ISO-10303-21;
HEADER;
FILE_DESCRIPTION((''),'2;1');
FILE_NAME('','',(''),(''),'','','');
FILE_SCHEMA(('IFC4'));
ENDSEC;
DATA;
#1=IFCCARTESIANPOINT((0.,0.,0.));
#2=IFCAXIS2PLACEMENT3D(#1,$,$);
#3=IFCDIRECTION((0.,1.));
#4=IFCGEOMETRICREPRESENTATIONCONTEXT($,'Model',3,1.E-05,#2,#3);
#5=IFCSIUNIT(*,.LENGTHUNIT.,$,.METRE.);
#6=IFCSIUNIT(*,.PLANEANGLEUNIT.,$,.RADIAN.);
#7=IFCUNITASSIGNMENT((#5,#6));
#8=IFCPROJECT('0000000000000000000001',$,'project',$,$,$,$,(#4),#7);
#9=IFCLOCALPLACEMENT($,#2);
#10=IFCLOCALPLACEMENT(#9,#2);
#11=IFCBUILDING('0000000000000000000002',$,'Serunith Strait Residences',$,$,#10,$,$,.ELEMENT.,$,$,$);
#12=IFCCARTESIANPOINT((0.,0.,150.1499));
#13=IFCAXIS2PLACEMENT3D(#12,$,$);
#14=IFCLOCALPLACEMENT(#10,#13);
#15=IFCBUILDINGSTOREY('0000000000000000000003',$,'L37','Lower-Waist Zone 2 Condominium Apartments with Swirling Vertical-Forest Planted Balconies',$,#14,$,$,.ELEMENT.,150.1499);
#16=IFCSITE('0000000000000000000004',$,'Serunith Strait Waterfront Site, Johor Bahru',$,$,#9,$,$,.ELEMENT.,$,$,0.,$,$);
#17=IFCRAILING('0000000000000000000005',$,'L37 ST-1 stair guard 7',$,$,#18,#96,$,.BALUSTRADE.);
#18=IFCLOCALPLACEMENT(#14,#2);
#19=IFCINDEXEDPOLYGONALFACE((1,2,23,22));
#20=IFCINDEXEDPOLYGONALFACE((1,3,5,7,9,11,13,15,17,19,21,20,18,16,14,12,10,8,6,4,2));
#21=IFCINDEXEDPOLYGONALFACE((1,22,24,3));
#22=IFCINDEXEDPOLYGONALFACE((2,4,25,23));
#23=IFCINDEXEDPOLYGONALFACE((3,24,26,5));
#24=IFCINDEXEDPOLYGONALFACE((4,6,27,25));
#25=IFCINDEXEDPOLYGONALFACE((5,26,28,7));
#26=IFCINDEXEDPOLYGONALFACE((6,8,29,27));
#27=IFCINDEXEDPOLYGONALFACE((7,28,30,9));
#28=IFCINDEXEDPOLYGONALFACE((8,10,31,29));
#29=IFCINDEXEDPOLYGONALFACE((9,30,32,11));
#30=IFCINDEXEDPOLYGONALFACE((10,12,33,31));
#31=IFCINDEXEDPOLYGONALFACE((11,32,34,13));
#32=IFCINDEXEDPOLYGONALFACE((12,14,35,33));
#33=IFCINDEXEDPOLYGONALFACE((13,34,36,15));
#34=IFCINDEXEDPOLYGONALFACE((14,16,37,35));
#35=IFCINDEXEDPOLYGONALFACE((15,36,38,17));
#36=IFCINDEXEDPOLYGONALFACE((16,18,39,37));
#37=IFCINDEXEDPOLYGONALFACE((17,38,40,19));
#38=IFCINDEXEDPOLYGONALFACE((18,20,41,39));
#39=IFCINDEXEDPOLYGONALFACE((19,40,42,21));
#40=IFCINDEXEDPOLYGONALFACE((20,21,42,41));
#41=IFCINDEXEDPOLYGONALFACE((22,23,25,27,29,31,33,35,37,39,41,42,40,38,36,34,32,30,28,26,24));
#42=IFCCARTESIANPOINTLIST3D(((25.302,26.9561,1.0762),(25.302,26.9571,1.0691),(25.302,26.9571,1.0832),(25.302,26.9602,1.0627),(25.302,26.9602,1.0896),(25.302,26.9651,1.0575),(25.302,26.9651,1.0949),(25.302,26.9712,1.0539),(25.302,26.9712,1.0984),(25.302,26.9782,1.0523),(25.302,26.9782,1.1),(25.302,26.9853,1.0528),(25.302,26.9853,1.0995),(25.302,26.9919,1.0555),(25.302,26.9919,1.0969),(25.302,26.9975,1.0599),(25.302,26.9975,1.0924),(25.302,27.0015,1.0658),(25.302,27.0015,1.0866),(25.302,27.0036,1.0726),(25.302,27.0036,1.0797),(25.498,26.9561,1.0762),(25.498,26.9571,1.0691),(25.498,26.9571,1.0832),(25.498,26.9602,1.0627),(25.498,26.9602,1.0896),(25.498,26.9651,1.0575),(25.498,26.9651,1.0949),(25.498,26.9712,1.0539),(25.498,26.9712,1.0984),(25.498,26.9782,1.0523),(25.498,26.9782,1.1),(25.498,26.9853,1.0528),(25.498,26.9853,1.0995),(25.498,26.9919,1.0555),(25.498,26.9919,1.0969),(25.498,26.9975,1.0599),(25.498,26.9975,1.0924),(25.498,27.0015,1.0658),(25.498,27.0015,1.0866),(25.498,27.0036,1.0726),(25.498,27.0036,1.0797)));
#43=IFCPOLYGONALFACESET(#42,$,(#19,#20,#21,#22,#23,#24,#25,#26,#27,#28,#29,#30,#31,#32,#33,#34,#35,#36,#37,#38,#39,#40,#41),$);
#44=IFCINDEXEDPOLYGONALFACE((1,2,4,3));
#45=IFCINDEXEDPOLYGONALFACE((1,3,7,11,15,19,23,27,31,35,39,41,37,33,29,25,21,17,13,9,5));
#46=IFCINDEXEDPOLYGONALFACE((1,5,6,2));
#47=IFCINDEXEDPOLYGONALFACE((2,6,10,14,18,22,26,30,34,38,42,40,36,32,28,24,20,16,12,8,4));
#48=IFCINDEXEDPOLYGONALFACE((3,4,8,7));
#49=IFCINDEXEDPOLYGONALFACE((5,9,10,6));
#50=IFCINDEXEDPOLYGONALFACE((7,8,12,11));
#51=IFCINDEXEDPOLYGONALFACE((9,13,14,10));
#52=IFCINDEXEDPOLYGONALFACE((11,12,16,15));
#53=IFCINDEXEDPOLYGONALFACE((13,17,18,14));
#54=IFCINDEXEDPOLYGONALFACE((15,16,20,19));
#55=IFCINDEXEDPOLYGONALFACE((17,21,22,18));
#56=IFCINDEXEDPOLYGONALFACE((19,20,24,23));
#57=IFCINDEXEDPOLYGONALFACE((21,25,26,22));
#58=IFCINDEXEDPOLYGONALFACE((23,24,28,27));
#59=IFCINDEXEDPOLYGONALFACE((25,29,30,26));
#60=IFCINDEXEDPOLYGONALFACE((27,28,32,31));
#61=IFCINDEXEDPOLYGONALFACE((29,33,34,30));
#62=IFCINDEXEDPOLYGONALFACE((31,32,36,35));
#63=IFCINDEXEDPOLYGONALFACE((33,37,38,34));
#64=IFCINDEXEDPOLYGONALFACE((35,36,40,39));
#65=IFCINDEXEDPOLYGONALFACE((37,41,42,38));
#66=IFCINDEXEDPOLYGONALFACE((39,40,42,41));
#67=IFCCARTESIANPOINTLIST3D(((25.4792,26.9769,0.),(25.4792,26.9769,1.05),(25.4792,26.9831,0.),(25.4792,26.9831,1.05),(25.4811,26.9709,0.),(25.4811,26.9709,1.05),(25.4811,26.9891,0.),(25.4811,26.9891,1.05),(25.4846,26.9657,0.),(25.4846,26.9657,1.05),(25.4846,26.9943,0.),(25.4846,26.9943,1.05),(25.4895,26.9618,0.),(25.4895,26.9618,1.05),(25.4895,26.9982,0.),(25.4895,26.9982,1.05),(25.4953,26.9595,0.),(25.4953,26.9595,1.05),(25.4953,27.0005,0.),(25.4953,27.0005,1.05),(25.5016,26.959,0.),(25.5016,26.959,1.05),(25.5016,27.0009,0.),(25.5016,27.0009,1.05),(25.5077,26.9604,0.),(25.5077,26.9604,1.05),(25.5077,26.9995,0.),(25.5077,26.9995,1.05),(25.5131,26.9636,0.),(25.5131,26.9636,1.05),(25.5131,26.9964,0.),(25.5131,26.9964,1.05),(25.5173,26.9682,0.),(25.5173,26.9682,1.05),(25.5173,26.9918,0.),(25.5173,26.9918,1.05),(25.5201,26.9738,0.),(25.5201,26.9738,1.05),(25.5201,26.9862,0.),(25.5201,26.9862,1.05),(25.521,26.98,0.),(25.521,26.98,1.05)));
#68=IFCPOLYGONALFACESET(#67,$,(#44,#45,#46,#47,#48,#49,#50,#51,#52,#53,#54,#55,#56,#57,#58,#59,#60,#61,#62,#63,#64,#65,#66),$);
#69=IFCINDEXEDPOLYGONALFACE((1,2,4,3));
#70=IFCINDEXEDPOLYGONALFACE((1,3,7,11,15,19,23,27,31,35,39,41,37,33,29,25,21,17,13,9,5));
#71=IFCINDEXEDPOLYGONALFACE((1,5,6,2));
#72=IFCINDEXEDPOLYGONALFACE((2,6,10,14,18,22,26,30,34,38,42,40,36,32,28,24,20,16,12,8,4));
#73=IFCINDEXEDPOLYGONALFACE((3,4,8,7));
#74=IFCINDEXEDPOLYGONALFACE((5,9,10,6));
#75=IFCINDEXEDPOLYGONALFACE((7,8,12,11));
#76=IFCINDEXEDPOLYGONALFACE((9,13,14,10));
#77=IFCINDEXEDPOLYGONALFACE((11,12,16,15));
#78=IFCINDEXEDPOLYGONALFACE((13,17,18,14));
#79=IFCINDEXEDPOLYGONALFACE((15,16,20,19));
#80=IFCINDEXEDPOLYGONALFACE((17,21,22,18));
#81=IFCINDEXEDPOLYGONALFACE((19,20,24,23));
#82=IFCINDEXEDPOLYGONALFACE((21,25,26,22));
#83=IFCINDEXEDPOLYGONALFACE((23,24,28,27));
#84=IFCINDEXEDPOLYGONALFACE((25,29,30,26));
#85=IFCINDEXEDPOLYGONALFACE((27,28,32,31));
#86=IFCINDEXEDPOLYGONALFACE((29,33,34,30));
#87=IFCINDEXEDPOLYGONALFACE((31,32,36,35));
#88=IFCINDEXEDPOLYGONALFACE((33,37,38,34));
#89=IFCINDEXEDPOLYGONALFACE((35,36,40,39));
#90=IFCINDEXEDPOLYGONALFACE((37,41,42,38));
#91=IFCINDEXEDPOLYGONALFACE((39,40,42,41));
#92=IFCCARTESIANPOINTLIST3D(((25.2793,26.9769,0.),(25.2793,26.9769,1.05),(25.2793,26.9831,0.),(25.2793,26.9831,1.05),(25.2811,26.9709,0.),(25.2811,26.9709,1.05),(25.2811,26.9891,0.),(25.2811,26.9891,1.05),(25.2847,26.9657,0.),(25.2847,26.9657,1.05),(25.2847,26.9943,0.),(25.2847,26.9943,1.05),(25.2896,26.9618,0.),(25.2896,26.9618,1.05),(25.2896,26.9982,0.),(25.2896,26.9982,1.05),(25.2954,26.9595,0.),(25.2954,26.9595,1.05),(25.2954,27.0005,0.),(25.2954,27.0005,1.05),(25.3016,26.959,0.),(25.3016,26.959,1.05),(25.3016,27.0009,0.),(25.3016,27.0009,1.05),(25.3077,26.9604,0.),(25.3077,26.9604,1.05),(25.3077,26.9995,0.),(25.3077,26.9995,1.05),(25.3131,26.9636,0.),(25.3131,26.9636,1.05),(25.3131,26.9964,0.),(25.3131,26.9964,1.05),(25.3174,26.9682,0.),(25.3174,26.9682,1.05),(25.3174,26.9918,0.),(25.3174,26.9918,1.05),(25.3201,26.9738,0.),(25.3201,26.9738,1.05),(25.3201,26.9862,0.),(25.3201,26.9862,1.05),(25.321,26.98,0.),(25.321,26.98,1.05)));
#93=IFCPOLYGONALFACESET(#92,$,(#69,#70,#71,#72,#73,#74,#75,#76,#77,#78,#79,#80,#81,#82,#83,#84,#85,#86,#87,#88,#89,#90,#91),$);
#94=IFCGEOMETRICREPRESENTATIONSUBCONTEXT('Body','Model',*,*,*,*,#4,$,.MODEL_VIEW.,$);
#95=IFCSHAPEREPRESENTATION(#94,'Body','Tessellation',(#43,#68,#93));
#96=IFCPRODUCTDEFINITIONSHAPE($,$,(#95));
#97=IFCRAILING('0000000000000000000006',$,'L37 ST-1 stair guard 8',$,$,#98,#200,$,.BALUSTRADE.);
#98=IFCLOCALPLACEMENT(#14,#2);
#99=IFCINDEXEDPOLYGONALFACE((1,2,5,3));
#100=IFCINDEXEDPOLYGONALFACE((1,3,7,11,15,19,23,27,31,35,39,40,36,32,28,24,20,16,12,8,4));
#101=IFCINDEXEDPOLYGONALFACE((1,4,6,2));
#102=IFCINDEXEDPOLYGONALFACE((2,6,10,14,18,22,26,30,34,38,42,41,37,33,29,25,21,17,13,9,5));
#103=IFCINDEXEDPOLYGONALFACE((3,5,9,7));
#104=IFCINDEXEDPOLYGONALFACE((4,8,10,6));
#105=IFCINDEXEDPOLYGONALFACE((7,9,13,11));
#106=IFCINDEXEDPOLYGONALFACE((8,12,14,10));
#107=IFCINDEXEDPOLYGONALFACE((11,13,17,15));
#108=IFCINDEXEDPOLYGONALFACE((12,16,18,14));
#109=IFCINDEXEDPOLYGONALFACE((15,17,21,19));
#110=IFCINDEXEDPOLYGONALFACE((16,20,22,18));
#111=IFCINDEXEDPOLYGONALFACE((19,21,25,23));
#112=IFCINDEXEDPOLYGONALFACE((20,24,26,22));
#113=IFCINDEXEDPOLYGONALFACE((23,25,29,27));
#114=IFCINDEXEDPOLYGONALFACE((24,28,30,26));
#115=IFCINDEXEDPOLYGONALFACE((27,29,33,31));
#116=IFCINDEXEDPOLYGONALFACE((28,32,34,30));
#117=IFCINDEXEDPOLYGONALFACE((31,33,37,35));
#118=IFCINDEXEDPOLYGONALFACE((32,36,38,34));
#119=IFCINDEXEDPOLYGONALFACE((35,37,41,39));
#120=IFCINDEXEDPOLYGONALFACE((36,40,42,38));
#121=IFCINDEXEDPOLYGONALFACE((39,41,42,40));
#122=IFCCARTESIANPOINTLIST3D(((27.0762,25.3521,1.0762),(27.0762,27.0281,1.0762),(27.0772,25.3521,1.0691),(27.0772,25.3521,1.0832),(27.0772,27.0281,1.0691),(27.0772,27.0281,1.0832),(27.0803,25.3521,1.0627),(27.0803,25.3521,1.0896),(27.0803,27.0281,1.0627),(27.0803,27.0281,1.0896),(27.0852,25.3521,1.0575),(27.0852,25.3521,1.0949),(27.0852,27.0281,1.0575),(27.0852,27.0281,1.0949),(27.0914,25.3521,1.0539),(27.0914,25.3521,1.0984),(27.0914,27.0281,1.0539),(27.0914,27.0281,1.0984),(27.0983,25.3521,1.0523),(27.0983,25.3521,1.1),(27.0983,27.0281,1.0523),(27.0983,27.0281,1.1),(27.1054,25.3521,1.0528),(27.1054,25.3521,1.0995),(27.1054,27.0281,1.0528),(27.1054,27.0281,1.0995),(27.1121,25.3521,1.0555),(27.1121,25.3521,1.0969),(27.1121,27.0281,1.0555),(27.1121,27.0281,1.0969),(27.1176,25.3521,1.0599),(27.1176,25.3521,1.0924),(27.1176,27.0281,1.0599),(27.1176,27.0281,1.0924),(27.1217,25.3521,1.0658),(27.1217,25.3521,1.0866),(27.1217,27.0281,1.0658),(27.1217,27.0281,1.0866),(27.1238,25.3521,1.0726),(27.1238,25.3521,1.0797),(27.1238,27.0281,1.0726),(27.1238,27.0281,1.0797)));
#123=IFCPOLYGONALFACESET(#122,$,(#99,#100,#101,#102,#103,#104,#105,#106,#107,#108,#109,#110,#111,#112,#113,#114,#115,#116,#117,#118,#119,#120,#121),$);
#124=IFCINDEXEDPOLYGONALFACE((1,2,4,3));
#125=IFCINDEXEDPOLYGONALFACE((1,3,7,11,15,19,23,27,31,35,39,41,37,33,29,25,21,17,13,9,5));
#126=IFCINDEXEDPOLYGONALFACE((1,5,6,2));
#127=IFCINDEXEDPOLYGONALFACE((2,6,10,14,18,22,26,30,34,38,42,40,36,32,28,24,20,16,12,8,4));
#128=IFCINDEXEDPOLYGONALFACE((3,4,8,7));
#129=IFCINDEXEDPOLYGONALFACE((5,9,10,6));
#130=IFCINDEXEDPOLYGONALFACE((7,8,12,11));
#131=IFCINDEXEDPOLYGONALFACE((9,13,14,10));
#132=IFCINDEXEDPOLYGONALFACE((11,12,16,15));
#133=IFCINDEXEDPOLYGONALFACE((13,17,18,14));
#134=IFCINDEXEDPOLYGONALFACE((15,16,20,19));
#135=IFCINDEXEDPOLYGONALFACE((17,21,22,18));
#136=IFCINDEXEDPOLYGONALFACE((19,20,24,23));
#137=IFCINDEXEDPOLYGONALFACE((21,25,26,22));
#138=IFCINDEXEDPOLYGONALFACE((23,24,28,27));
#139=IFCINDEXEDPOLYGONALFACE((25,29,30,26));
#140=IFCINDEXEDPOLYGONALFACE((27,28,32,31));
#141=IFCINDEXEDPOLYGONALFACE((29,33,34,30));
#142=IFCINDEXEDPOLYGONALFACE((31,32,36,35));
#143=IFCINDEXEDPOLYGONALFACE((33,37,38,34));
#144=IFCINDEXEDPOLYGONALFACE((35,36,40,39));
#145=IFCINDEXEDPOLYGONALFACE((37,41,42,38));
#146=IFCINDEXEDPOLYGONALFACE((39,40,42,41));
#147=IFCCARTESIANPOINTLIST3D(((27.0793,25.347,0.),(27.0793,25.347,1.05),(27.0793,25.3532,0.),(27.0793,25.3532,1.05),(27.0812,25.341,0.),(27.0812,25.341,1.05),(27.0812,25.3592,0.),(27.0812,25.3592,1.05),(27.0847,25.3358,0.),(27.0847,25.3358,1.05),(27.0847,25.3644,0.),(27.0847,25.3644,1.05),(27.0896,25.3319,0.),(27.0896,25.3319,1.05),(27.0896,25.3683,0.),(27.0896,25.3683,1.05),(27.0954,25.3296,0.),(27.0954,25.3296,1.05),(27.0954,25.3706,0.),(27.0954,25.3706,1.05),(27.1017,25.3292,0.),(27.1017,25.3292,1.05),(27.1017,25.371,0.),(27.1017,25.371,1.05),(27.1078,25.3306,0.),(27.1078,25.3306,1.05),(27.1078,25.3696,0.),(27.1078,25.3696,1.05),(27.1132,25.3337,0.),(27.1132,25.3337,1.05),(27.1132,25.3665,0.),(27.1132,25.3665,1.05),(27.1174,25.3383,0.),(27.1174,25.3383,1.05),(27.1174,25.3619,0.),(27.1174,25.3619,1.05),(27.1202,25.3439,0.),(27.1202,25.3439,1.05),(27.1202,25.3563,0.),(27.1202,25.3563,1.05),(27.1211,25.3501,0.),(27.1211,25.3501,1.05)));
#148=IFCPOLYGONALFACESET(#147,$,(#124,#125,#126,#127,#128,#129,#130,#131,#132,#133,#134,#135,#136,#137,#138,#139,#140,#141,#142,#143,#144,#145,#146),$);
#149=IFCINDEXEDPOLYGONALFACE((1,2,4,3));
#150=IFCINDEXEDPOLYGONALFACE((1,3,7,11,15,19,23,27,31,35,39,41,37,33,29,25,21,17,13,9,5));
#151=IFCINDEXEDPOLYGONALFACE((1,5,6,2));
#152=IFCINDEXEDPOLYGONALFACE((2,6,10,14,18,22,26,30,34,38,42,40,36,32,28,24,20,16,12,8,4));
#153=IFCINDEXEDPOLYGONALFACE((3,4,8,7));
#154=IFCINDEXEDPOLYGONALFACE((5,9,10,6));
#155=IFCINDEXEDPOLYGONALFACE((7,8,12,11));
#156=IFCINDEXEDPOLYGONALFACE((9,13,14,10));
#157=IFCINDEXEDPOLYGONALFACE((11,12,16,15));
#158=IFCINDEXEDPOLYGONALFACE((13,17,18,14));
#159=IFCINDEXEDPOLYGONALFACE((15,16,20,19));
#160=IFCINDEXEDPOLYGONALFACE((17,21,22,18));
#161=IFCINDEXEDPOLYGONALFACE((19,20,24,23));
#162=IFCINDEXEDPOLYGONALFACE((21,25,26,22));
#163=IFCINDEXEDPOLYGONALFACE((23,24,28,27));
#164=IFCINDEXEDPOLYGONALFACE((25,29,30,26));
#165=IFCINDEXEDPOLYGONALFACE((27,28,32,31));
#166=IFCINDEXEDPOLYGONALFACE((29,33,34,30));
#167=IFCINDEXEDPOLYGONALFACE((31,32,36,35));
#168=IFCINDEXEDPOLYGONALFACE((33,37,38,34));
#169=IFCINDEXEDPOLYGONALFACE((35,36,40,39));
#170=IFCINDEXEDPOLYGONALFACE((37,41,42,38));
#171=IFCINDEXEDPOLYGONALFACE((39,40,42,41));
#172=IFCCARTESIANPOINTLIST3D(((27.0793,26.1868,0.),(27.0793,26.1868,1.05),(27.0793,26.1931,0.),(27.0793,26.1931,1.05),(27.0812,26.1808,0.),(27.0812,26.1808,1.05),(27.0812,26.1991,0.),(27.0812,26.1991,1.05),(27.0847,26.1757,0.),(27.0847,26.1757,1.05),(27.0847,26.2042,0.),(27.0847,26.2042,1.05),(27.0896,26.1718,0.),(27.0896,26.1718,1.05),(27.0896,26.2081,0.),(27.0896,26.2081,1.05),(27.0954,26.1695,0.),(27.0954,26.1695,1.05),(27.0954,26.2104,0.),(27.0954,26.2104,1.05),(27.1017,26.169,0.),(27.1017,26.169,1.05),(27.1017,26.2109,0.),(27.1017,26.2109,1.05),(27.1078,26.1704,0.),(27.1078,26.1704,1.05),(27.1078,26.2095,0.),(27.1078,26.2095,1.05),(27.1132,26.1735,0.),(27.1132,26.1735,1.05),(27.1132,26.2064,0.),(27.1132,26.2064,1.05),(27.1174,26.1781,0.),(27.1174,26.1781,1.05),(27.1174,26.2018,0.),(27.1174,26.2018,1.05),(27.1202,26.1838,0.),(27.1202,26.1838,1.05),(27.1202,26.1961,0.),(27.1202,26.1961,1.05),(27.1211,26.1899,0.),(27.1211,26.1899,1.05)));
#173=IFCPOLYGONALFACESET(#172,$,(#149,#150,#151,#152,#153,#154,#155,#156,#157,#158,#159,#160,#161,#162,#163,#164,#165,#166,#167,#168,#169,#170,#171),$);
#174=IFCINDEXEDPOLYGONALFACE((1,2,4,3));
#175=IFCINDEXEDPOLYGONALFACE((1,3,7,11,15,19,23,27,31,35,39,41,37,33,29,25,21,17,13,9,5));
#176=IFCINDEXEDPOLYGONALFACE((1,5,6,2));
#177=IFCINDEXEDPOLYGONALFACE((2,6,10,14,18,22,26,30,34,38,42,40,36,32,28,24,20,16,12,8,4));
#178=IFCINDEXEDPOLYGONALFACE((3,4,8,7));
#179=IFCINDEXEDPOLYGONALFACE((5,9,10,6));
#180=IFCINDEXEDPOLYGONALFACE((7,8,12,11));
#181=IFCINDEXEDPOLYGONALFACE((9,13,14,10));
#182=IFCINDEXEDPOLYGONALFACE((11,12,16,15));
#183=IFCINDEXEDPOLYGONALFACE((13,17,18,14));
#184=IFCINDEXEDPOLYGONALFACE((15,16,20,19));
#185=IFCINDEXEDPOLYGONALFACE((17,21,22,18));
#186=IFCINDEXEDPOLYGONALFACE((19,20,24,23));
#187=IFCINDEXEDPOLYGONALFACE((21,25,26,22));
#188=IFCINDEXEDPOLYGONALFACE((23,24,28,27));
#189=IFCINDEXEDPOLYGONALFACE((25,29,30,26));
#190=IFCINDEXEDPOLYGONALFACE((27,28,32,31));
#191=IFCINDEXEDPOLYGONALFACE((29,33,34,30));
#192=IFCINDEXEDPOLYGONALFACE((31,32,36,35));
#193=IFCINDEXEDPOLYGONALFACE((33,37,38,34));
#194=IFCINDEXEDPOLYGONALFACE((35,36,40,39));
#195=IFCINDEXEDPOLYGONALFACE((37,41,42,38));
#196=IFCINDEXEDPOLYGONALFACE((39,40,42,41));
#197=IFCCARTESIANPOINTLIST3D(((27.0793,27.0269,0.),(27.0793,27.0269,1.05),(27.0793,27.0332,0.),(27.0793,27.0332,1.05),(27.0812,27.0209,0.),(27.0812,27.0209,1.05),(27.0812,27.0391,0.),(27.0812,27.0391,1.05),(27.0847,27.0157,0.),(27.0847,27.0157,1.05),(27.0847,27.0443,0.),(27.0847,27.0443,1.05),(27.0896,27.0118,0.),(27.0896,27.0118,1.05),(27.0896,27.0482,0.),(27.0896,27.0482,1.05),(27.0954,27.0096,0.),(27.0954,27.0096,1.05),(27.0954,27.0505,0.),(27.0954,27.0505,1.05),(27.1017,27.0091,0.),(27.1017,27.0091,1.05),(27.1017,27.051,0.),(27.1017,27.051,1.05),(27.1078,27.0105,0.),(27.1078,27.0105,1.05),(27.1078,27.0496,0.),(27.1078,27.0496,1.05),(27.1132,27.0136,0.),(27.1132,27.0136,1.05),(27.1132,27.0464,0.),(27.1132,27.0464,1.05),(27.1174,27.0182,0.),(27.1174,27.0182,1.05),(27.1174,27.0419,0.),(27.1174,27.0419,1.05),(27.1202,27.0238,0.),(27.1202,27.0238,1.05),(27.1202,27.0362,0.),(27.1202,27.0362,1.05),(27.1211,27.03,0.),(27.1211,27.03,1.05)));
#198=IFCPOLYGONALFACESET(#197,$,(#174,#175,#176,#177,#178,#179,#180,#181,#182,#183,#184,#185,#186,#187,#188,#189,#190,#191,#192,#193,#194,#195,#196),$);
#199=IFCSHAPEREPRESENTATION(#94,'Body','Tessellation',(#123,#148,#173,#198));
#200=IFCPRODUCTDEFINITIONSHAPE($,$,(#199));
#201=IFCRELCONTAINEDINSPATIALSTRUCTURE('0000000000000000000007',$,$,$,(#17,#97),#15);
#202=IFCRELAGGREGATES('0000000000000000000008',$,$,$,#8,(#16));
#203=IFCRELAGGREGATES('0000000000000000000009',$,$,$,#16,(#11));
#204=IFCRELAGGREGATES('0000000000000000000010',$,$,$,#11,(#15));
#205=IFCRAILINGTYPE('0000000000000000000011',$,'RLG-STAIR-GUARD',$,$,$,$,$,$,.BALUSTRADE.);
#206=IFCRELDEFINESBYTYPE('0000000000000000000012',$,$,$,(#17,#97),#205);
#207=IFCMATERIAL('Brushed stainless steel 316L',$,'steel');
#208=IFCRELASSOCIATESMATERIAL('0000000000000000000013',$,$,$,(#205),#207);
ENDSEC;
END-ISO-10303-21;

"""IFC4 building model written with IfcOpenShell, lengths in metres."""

from ifc_helpers import new_model, si_unit, direction, frame, origin, origin_2d, place, context, subcontext, project, spatial, circle, extrude, material, type_object, element, save


model = new_model("IFC4")

# Units and contexts
model_context = context("Model", 3, precision=1e-05, world=origin(), true_north=direction((0.0, 1.0)))
body_context = subcontext(model_context, "Body", "Model", "MODEL_VIEW")
ifc_project = project(units=[si_unit("LENGTHUNIT", "METRE"), si_unit("PLANEANGLEUNIT", "RADIAN")], contexts=[model_context])

# Site, building, storey
site_placement = place(None, origin())
site = spatial("IfcSite", under=ifc_project, at=site_placement, Name="Serunith Strait Waterfront Site, Johor Bahru", CompositionType="ELEMENT", RefElevation=0.0)
building_placement = place(site_placement, origin())
building = spatial("IfcBuilding", under=site, at=building_placement, Name="Serunith Strait Residences", CompositionType="ELEMENT")
storey_placement = place(building_placement, frame((0.0, 0.0, 150.1499)))
storey = spatial("IfcBuildingStorey", under=building, at=storey_placement, Name="L37", Description="Lower-Waist Zone 2 Condominium Apartments with Swirling Vertical-Forest Planted Balconies", CompositionType="ELEMENT", Elevation=150.1499)

# Railings
ifc_material_1 = material(Name="Brushed stainless steel 316L", Category="steel")
railing_type_1 = type_object("IfcRailingType", Name="RLG-STAIR-GUARD", PredefinedType="BALUSTRADE", material=ifc_material_1)
railing_1_placement = place(storey_placement, frame((25.5, 26.98, 0.0)))
element("IfcRailing", 1, at=railing_1_placement, inside=storey, type_object=railing_type_1, Name="L37 ST-1 stair guard 7", PredefinedType="BALUSTRADE", context=body_context, shape_type="SweptSolid", body=[
    extrude(circle(Radius=0.0239, at=origin_2d()), frame((-0.002, 0.0, 1.0762), z_axis=(-1.0, 0.0, 0.0), x_axis=(0.0, -1.0, 0.0)), (0.0, 0.0, 1.0), 0.196),
    extrude(circle(Radius=0.021, at=origin_2d()), origin(), (0.0, 0.0, 1.0), 1.05),
    extrude(circle(Radius=0.021, at=origin_2d()), frame((-0.2, 0.0, 0.0)), (0.0, 0.0, 1.0), 1.05),
])
for number, where, name in (
    (2, (27.1001, 25.3501, 0.0), "L37 ST-1 stair guard 8"),
):
    element("IfcRailing", number, at=place(storey_placement, frame(where)), inside=storey, type_object=railing_type_1, Name=name, PredefinedType="BALUSTRADE", context=body_context, shape_type="SweptSolid", body=[
        extrude(circle(Radius=0.0239, at=origin_2d()), frame((0.0, 0.002, 1.0762), z_axis=(0.0, 1.0, 0.0), x_axis=(-1.0, 0.0, 0.0)), (0.0, 0.0, 1.0), 1.676),
        extrude(circle(Radius=0.021, at=origin_2d()), origin(), (0.0, 0.0, 1.0), 1.05),
        extrude(circle(Radius=0.021, at=origin_2d()), frame((0.0, 0.8398, 0.0)), (0.0, 0.0, 1.0), 1.05),
        extrude(circle(Radius=0.021, at=origin_2d()), frame((0.0, 1.6799, 0.0)), (0.0, 0.0, 1.0), 1.05),
    ])

save(model, "model.ifc")
